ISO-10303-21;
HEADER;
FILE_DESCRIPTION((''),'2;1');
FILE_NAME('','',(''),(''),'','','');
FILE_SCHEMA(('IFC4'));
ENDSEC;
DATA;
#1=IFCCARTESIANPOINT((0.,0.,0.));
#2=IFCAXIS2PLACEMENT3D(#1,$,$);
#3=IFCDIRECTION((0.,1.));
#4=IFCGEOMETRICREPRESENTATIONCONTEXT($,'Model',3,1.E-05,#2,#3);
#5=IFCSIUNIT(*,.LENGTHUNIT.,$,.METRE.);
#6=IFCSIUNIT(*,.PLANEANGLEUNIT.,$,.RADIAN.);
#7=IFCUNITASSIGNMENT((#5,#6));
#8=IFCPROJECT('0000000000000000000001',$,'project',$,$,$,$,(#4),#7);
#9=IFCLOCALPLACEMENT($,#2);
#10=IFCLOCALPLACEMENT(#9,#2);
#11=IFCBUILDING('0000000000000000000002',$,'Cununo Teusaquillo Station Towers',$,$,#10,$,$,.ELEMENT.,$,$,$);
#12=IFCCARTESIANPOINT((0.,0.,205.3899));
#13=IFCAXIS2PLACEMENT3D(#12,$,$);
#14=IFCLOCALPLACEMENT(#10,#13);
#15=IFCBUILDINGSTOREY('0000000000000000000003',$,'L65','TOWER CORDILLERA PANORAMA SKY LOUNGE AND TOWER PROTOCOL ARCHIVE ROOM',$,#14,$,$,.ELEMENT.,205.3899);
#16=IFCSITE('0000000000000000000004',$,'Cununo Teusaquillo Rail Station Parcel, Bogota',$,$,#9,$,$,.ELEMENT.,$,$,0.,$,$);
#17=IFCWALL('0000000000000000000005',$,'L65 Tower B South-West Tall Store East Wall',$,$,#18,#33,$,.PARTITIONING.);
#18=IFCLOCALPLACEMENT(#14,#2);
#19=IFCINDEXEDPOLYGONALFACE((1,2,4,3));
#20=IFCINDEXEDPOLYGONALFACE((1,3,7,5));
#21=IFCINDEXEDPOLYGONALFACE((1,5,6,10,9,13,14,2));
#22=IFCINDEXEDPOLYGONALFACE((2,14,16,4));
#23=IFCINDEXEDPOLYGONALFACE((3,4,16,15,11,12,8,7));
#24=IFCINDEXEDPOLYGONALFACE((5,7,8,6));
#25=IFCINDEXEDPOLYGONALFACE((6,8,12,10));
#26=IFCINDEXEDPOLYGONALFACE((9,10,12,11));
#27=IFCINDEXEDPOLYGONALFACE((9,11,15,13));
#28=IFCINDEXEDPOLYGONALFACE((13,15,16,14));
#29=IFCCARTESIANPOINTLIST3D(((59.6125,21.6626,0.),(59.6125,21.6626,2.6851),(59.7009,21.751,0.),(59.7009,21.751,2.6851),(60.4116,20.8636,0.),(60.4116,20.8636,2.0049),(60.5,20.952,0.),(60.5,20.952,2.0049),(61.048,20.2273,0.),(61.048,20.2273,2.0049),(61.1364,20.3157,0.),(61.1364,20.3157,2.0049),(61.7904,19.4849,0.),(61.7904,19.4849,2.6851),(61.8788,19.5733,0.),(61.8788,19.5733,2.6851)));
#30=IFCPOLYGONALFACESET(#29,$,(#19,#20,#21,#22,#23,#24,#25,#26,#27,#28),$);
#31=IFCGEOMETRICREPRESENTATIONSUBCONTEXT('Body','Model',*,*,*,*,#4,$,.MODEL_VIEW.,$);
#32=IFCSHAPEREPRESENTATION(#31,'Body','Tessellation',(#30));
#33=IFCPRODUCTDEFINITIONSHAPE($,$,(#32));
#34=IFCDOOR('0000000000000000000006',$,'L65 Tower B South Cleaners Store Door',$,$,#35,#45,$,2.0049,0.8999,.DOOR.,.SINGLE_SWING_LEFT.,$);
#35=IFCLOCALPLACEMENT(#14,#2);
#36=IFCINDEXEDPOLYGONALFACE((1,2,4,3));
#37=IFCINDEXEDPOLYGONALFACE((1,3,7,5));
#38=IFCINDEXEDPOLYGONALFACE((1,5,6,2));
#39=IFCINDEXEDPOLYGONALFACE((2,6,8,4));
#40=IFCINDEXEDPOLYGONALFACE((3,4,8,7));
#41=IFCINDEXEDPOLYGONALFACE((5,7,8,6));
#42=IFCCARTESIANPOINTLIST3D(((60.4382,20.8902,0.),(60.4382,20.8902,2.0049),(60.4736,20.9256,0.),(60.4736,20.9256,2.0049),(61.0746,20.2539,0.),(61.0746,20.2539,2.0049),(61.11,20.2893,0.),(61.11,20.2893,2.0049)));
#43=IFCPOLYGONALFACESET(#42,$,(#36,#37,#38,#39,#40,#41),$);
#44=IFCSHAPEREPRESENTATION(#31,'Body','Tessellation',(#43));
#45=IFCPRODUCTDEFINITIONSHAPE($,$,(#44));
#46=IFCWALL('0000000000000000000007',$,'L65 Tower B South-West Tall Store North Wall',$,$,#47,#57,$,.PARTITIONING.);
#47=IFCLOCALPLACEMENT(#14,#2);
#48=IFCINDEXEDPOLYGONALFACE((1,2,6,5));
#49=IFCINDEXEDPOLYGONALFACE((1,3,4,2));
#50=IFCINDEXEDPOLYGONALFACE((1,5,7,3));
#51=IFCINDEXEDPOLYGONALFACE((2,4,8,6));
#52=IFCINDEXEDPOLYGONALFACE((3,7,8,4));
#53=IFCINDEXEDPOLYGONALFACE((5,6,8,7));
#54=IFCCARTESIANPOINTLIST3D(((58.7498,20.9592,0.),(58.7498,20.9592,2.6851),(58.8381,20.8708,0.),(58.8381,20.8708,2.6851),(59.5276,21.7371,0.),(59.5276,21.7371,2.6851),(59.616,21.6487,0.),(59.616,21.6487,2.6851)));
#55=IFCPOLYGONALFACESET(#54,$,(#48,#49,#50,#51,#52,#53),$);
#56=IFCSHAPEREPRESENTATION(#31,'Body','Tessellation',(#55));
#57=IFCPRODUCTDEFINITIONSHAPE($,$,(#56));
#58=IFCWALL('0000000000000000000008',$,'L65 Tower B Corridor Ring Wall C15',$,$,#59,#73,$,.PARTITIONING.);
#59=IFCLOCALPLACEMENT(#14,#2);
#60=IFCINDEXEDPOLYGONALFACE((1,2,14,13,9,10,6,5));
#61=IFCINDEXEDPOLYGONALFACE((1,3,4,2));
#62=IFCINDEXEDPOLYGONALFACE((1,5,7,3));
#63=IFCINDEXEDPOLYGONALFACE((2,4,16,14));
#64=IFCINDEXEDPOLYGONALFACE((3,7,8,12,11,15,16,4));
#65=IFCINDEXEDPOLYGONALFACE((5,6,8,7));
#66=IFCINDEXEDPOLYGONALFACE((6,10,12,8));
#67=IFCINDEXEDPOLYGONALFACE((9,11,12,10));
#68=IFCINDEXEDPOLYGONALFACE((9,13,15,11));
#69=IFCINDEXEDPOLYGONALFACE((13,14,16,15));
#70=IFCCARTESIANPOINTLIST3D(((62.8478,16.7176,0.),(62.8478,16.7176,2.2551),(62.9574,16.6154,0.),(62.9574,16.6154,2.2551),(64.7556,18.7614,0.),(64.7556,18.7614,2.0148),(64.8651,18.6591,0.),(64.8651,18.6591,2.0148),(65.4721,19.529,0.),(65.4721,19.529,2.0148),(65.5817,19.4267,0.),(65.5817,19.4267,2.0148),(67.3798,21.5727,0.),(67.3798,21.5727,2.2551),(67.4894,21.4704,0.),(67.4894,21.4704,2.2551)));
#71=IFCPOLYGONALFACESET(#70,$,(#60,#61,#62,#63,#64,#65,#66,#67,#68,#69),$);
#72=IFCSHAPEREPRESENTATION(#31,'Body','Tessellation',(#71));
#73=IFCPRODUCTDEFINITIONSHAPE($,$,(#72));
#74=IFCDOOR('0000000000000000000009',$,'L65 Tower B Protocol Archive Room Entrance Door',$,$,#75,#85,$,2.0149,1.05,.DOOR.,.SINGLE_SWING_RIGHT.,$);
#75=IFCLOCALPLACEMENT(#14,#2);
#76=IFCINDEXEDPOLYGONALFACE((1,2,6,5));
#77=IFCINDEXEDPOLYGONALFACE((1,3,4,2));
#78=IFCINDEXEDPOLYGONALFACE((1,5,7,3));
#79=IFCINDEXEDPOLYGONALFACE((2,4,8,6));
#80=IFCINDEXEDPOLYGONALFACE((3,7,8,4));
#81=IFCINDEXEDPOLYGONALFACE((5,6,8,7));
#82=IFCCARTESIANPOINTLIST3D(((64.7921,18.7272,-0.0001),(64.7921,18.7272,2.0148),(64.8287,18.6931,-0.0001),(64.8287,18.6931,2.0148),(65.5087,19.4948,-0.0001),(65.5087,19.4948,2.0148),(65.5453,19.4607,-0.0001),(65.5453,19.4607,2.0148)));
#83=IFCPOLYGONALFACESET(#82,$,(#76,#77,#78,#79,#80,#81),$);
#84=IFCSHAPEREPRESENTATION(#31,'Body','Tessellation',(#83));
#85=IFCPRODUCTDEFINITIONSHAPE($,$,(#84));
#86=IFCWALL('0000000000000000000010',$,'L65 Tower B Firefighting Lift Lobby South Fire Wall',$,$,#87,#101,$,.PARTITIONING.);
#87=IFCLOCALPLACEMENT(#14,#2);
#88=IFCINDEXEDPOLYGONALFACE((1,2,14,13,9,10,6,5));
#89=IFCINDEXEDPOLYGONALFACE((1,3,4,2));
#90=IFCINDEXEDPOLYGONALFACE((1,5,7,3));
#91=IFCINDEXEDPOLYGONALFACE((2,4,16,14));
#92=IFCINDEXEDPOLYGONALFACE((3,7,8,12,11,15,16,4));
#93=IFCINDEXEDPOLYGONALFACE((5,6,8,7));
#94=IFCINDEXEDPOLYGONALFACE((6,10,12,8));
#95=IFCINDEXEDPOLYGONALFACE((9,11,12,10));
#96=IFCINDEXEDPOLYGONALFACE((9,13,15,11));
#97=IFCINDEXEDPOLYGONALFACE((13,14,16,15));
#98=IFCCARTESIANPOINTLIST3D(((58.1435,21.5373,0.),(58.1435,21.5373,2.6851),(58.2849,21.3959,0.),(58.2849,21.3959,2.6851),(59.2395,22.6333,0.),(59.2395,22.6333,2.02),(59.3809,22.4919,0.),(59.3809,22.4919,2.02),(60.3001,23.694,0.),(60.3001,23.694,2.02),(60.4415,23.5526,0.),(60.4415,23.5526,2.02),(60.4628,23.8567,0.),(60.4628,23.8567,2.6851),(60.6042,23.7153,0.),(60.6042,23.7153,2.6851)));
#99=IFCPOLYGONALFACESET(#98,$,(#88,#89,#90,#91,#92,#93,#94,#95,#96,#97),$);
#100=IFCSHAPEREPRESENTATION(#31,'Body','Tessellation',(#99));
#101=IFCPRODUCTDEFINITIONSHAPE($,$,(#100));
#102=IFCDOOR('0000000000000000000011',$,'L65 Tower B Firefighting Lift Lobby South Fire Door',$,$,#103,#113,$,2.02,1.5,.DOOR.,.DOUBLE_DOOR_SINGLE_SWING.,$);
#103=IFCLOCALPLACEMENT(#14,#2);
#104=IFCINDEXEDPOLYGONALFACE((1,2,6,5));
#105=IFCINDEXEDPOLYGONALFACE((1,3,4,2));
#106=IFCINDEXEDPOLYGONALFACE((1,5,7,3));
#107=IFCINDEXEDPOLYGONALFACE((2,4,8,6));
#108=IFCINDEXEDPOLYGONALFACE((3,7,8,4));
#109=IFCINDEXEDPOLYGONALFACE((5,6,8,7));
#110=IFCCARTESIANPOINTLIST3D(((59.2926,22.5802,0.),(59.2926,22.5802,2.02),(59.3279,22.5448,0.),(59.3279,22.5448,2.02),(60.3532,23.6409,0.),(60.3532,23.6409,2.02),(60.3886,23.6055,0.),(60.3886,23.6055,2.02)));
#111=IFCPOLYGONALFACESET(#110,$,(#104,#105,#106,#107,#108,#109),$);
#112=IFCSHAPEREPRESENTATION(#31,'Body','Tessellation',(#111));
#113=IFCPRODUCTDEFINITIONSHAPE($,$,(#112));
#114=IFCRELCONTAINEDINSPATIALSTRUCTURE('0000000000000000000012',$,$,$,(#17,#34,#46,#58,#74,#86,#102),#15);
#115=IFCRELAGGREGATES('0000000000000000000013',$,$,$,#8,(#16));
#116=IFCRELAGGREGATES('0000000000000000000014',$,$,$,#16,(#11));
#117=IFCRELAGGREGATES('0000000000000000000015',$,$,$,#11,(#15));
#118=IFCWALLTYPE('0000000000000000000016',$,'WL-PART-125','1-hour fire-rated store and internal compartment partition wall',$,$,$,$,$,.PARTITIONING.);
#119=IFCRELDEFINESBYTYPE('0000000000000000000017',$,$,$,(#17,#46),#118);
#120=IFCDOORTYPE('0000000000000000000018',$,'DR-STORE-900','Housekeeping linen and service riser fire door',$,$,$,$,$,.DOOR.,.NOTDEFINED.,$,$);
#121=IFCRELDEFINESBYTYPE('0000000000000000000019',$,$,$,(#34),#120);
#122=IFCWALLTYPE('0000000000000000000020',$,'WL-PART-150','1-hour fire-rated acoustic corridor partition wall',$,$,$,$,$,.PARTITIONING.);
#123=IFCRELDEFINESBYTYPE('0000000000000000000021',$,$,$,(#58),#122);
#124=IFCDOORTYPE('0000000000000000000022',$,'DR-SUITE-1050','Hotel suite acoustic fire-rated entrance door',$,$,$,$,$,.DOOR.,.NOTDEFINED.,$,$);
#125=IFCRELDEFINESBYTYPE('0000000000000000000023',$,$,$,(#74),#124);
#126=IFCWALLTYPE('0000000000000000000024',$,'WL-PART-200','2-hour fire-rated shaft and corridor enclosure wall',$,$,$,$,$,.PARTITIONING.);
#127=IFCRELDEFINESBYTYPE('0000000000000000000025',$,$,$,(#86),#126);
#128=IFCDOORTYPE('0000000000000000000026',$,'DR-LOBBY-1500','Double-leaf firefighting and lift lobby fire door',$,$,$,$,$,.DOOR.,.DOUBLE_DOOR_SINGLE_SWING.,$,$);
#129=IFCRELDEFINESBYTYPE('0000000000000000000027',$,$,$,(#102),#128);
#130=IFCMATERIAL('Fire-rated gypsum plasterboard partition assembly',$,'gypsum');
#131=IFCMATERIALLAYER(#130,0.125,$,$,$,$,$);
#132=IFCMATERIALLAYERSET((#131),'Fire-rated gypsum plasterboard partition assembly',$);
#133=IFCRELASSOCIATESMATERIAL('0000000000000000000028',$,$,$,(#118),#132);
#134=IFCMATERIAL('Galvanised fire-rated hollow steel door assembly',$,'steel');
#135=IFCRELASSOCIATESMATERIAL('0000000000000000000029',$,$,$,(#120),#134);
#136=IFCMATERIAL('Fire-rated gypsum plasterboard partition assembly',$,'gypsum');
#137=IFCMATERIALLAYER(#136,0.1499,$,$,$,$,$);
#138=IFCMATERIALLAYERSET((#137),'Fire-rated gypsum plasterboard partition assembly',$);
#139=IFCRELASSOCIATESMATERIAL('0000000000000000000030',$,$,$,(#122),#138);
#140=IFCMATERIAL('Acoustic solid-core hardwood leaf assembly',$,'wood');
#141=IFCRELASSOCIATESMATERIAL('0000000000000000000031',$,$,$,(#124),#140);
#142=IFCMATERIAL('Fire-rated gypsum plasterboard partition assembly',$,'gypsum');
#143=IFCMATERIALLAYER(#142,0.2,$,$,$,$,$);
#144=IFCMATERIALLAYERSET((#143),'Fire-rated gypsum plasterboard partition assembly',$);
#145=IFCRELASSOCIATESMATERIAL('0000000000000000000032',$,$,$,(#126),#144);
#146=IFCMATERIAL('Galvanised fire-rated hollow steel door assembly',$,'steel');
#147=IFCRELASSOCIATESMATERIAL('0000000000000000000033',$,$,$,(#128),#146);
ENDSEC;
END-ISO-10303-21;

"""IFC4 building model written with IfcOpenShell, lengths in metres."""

from ifc_helpers import new_model, si_unit, direction, frame, frame_2d, origin, place, context, subcontext, project, spatial, rectangle, extrude, source, transform, mapped, material, layer, layer_set, type_object, element, fill, save


model = new_model("IFC4")

# Units and contexts
model_context = context("Model", 3, precision=1e-05, world=origin(), true_north=direction((0.0, 1.0)))
body_context = subcontext(model_context, "Body", "Model", "MODEL_VIEW")
ifc_project = project(units=[si_unit("LENGTHUNIT", "METRE"), si_unit("PLANEANGLEUNIT", "RADIAN")], contexts=[model_context])

# Site, building, storey
site_placement = place(None, origin())
site = spatial("IfcSite", under=ifc_project, at=site_placement, Name="Cununo Teusaquillo Rail Station Parcel, Bogota", CompositionType="ELEMENT", RefElevation=0.0)
building_placement = place(site_placement, origin())
building = spatial("IfcBuilding", under=site, at=building_placement, Name="Cununo Teusaquillo Station Towers", CompositionType="ELEMENT")
storey_placement = place(building_placement, frame((0.0, 0.0, 205.3899)))
storey = spatial("IfcBuildingStorey", under=building, at=storey_placement, Name="L65", Description="TOWER CORDILLERA PANORAMA SKY LOUNGE AND TOWER PROTOCOL ARCHIVE ROOM", CompositionType="ELEMENT", Elevation=205.3899)

# Wall, opening, door
ifc_material_1 = material(Name="Fire-rated gypsum plasterboard partition assembly", Category="gypsum")
ifc_layer_1 = layer(ifc_material_1, 0.125)
ifc_layer_set_1 = layer_set([ifc_layer_1], Name="Fire-rated gypsum plasterboard partition assembly")
wall_type_1 = type_object("IfcWallType", Name="WL-PART-125", Description="1-hour fire-rated store and internal compartment partition wall", PredefinedType="PARTITIONING", material=ifc_layer_set_1)
wall_1_placement = place(storey_placement, frame((61.8347, 19.5291, 0.0), z_axis=(0.0, 0.0, 1.0), x_axis=(-0.707146, 0.707067, 0.0)))
wall_1 = element("IfcWall", 1, at=wall_1_placement, inside=storey, type_object=wall_type_1, Name="L65 Tower B South-West Tall Store East Wall", PredefinedType="PARTITIONING", context=body_context, shape_type="SweptSolid", body=[
    extrude(rectangle(XDim=3.0798, YDim=0.125, at=frame_2d((1.54, 0.0))), origin(), (0.0, 0.0, 1.0), 2.6851),
])
shared_shape_1 = source(origin(), body_context, "Body", "SweptSolid", [
    extrude(rectangle(XDim=0.8999, YDim=2.0049, at=frame_2d((0.45, 1.0024))), frame((0.0, 0.0725, 0.0), z_axis=(0.0, -1.0, 0.0), x_axis=(1.0, 0.0, 0.0)), (0.0, 0.0, 1.0), 0.145),
])
opening_1_placement = place(wall_1_placement, frame((1.05, 0.0, 0.0)))
opening_1 = element("IfcOpeningElement", 2, at=opening_1_placement, cuts=wall_1, PredefinedType="OPENING", context=body_context, shape_type="MappedRepresentation", body=[
    mapped(shared_shape_1, transform((0.0, 0.0, 0.0), x_axis=(1.0, 0.0, 0.0), y_axis=(0.0, 1.0, 0.0), z_axis=(0.0, 0.0, 1.0), scale=1.0)),
])
ifc_material_2 = material(Name="Galvanised fire-rated hollow steel door assembly", Category="steel")
door_type_1 = type_object("IfcDoorType", Name="DR-STORE-900", Description="Housekeeping linen and service riser fire door", OperationType="NOTDEFINED", PredefinedType="DOOR", material=ifc_material_2)
shared_shape_2 = source(origin(), body_context, "Body", "SweptSolid", [
    extrude(rectangle(XDim=0.8999, YDim=2.0049, at=frame_2d((0.45, 1.0024))), frame((0.0, 0.0249, 0.0), z_axis=(0.0, -1.0, 0.0), x_axis=(1.0, 0.0, 0.0)), (0.0, 0.0, 1.0), 0.05),
])
door_1_placement = place(opening_1_placement, origin())
door_1 = element("IfcDoor", 3, at=door_1_placement, inside=storey, type_object=door_type_1, Name="L65 Tower B South Cleaners Store Door", OperationType="SINGLE_SWING_LEFT", OverallHeight=2.0049, OverallWidth=0.8999, PredefinedType="DOOR", context=body_context, shape_type="MappedRepresentation", body=[
    mapped(shared_shape_2, transform((0.0, 0.0, 0.0), x_axis=(1.0, 0.0, 0.0), y_axis=(0.0, 1.0, 0.0), z_axis=(0.0, 0.0, 1.0), scale=1.0)),
])
fill(opening_1, door_1)

# Wall
wall_2_placement = place(storey_placement, frame((58.7939, 20.915, 0.0), z_axis=(0.0, 0.0, 1.0), x_axis=(0.707107, 0.707107, 0.0)))
element("IfcWall", 4, at=wall_2_placement, inside=storey, type_object=wall_type_1, Name="L65 Tower B South-West Tall Store North Wall", PredefinedType="PARTITIONING", context=body_context, shape_type="SweptSolid", body=[
    extrude(rectangle(XDim=1.1001, YDim=0.125, at=frame_2d((0.55, 0.0))), origin(), (0.0, 0.0, 1.0), 2.6851),
])

# Walls, openings, doors
ifc_material_3 = material(Name="Fire-rated gypsum plasterboard partition assembly", Category="gypsum")
ifc_layer_2 = layer(ifc_material_3, 0.1499)
ifc_layer_set_2 = layer_set([ifc_layer_2], Name="Fire-rated gypsum plasterboard partition assembly")
wall_type_2 = type_object("IfcWallType", Name="WL-PART-150", Description="1-hour fire-rated acoustic corridor partition wall", PredefinedType="PARTITIONING", material=ifc_layer_set_2)
wall_3_placement = place(storey_placement, frame((62.9026, 16.6665, 0.0), z_axis=(0.0, 0.0, 1.0), x_axis=(0.682372, 0.731005, 0.0)))
wall_3 = element("IfcWall", 5, at=wall_3_placement, inside=storey, type_object=wall_type_2, Name="L65 Tower B Corridor Ring Wall C15", PredefinedType="PARTITIONING", context=body_context, shape_type="SweptSolid", body=[
    extrude(rectangle(XDim=6.6416, YDim=0.1499, at=frame_2d((3.3208, 0.0))), origin(), (0.0, 0.0, 1.0), 2.2551),
])
shared_shape_3 = source(origin(), body_context, "Body", "SweptSolid", [
    extrude(rectangle(XDim=1.05, YDim=2.0149, at=frame_2d((0.5249, 1.0073))), frame((0.0, 0.085, 0.0), z_axis=(0.0, -1.0, 0.0), x_axis=(1.0, 0.0, 0.0)), (0.0, 0.0, 1.0), 0.1699),
])
opening_2_placement = place(wall_3_placement, frame((2.7959, 0.0, 0.0)))
opening_2 = element("IfcOpeningElement", 6, at=opening_2_placement, cuts=wall_3, PredefinedType="OPENING", context=body_context, shape_type="MappedRepresentation", body=[
    mapped(shared_shape_3, transform((0.0, 0.0, 0.0), x_axis=(1.0, 0.0, 0.0), y_axis=(0.0, 1.0, 0.0), z_axis=(0.0, 0.0, 1.0), scale=1.0)),
])
ifc_material_4 = material(Name="Acoustic solid-core hardwood leaf assembly", Category="wood")
door_type_2 = type_object("IfcDoorType", Name="DR-SUITE-1050", Description="Hotel suite acoustic fire-rated entrance door", OperationType="NOTDEFINED", PredefinedType="DOOR", material=ifc_material_4)
shared_shape_4 = source(origin(), body_context, "Body", "SweptSolid", [
    extrude(rectangle(XDim=1.05, YDim=2.0149, at=frame_2d((0.5249, 1.0073))), frame((0.0, 0.0249, 0.0), z_axis=(0.0, -1.0, 0.0), x_axis=(1.0, 0.0, 0.0)), (0.0, 0.0, 1.0), 0.05),
])
door_2_placement = place(opening_2_placement, origin())
door_2 = element("IfcDoor", 7, at=door_2_placement, inside=storey, type_object=door_type_2, Name="L65 Tower B Protocol Archive Room Entrance Door", OperationType="SINGLE_SWING_RIGHT", OverallHeight=2.0149, OverallWidth=1.05, PredefinedType="DOOR", context=body_context, shape_type="MappedRepresentation", body=[
    mapped(shared_shape_4, transform((0.0, 0.0, 0.0), x_axis=(1.0, 0.0, 0.0), y_axis=(0.0, 1.0, 0.0), z_axis=(0.0, 0.0, 1.0), scale=1.0)),
])
fill(opening_2, door_2)
ifc_material_5 = material(Name="Fire-rated gypsum plasterboard partition assembly", Category="gypsum")
ifc_layer_3 = layer(ifc_material_5, 0.2)
ifc_layer_set_3 = layer_set([ifc_layer_3], Name="Fire-rated gypsum plasterboard partition assembly")
wall_type_3 = type_object("IfcWallType", Name="WL-PART-200", Description="2-hour fire-rated shaft and corridor enclosure wall", PredefinedType="PARTITIONING", material=ifc_layer_set_3)
wall_4_placement = place(storey_placement, frame((58.2141, 21.4666, 0.0), z_axis=(0.0, 0.0, 1.0), x_axis=(0.707107, 0.707107, 0.0)))
wall_4 = element("IfcWall", 8, at=wall_4_placement, inside=storey, type_object=wall_type_3, Name="L65 Tower B Firefighting Lift Lobby South Fire Wall", PredefinedType="PARTITIONING", context=body_context, shape_type="SweptSolid", body=[
    extrude(rectangle(XDim=3.28, YDim=0.2, at=frame_2d((1.6401, 0.0))), origin(), (0.0, 0.0, 1.0), 2.6851),
])
shared_shape_5 = source(origin(), body_context, "Body", "SweptSolid", [
    extrude(rectangle(XDim=1.5, YDim=2.02, at=frame_2d((0.75, 1.01))), frame((0.0, 0.1099, 0.0), z_axis=(0.0, -1.0, 0.0), x_axis=(1.0, 0.0, 0.0)), (0.0, 0.0, 1.0), 0.22),
])
opening_3_placement = place(wall_4_placement, frame((1.55, 0.0, 0.0)))
opening_3 = element("IfcOpeningElement", 9, at=opening_3_placement, cuts=wall_4, PredefinedType="OPENING", context=body_context, shape_type="MappedRepresentation", body=[
    mapped(shared_shape_5, transform((0.0, 0.0, 0.0), x_axis=(1.0, 0.0, 0.0), y_axis=(0.0, 1.0, 0.0), z_axis=(0.0, 0.0, 1.0), scale=1.0)),
])
ifc_material_6 = material(Name="Galvanised fire-rated hollow steel door assembly", Category="steel")
door_type_3 = type_object("IfcDoorType", Name="DR-LOBBY-1500", Description="Double-leaf firefighting and lift lobby fire door", OperationType="DOUBLE_DOOR_SINGLE_SWING", PredefinedType="DOOR", material=ifc_material_6)
shared_shape_6 = source(origin(), body_context, "Body", "SweptSolid", [
    extrude(rectangle(XDim=1.5, YDim=2.02, at=frame_2d((0.75, 1.01))), frame((0.0, 0.0249, 0.0), z_axis=(0.0, -1.0, 0.0), x_axis=(1.0, 0.0, 0.0)), (0.0, 0.0, 1.0), 0.05),
])
door_3_placement = place(opening_3_placement, origin())
door_3 = element("IfcDoor", 10, at=door_3_placement, inside=storey, type_object=door_type_3, Name="L65 Tower B Firefighting Lift Lobby South Fire Door", OperationType="DOUBLE_DOOR_SINGLE_SWING", OverallHeight=2.02, OverallWidth=1.5, PredefinedType="DOOR", context=body_context, shape_type="MappedRepresentation", body=[
    mapped(shared_shape_6, transform((0.0, 0.0, 0.0), x_axis=(1.0, 0.0, 0.0), y_axis=(0.0, 1.0, 0.0), z_axis=(0.0, 0.0, 1.0), scale=1.0)),
])
fill(opening_3, door_3)

save(model, "model.ifc")
